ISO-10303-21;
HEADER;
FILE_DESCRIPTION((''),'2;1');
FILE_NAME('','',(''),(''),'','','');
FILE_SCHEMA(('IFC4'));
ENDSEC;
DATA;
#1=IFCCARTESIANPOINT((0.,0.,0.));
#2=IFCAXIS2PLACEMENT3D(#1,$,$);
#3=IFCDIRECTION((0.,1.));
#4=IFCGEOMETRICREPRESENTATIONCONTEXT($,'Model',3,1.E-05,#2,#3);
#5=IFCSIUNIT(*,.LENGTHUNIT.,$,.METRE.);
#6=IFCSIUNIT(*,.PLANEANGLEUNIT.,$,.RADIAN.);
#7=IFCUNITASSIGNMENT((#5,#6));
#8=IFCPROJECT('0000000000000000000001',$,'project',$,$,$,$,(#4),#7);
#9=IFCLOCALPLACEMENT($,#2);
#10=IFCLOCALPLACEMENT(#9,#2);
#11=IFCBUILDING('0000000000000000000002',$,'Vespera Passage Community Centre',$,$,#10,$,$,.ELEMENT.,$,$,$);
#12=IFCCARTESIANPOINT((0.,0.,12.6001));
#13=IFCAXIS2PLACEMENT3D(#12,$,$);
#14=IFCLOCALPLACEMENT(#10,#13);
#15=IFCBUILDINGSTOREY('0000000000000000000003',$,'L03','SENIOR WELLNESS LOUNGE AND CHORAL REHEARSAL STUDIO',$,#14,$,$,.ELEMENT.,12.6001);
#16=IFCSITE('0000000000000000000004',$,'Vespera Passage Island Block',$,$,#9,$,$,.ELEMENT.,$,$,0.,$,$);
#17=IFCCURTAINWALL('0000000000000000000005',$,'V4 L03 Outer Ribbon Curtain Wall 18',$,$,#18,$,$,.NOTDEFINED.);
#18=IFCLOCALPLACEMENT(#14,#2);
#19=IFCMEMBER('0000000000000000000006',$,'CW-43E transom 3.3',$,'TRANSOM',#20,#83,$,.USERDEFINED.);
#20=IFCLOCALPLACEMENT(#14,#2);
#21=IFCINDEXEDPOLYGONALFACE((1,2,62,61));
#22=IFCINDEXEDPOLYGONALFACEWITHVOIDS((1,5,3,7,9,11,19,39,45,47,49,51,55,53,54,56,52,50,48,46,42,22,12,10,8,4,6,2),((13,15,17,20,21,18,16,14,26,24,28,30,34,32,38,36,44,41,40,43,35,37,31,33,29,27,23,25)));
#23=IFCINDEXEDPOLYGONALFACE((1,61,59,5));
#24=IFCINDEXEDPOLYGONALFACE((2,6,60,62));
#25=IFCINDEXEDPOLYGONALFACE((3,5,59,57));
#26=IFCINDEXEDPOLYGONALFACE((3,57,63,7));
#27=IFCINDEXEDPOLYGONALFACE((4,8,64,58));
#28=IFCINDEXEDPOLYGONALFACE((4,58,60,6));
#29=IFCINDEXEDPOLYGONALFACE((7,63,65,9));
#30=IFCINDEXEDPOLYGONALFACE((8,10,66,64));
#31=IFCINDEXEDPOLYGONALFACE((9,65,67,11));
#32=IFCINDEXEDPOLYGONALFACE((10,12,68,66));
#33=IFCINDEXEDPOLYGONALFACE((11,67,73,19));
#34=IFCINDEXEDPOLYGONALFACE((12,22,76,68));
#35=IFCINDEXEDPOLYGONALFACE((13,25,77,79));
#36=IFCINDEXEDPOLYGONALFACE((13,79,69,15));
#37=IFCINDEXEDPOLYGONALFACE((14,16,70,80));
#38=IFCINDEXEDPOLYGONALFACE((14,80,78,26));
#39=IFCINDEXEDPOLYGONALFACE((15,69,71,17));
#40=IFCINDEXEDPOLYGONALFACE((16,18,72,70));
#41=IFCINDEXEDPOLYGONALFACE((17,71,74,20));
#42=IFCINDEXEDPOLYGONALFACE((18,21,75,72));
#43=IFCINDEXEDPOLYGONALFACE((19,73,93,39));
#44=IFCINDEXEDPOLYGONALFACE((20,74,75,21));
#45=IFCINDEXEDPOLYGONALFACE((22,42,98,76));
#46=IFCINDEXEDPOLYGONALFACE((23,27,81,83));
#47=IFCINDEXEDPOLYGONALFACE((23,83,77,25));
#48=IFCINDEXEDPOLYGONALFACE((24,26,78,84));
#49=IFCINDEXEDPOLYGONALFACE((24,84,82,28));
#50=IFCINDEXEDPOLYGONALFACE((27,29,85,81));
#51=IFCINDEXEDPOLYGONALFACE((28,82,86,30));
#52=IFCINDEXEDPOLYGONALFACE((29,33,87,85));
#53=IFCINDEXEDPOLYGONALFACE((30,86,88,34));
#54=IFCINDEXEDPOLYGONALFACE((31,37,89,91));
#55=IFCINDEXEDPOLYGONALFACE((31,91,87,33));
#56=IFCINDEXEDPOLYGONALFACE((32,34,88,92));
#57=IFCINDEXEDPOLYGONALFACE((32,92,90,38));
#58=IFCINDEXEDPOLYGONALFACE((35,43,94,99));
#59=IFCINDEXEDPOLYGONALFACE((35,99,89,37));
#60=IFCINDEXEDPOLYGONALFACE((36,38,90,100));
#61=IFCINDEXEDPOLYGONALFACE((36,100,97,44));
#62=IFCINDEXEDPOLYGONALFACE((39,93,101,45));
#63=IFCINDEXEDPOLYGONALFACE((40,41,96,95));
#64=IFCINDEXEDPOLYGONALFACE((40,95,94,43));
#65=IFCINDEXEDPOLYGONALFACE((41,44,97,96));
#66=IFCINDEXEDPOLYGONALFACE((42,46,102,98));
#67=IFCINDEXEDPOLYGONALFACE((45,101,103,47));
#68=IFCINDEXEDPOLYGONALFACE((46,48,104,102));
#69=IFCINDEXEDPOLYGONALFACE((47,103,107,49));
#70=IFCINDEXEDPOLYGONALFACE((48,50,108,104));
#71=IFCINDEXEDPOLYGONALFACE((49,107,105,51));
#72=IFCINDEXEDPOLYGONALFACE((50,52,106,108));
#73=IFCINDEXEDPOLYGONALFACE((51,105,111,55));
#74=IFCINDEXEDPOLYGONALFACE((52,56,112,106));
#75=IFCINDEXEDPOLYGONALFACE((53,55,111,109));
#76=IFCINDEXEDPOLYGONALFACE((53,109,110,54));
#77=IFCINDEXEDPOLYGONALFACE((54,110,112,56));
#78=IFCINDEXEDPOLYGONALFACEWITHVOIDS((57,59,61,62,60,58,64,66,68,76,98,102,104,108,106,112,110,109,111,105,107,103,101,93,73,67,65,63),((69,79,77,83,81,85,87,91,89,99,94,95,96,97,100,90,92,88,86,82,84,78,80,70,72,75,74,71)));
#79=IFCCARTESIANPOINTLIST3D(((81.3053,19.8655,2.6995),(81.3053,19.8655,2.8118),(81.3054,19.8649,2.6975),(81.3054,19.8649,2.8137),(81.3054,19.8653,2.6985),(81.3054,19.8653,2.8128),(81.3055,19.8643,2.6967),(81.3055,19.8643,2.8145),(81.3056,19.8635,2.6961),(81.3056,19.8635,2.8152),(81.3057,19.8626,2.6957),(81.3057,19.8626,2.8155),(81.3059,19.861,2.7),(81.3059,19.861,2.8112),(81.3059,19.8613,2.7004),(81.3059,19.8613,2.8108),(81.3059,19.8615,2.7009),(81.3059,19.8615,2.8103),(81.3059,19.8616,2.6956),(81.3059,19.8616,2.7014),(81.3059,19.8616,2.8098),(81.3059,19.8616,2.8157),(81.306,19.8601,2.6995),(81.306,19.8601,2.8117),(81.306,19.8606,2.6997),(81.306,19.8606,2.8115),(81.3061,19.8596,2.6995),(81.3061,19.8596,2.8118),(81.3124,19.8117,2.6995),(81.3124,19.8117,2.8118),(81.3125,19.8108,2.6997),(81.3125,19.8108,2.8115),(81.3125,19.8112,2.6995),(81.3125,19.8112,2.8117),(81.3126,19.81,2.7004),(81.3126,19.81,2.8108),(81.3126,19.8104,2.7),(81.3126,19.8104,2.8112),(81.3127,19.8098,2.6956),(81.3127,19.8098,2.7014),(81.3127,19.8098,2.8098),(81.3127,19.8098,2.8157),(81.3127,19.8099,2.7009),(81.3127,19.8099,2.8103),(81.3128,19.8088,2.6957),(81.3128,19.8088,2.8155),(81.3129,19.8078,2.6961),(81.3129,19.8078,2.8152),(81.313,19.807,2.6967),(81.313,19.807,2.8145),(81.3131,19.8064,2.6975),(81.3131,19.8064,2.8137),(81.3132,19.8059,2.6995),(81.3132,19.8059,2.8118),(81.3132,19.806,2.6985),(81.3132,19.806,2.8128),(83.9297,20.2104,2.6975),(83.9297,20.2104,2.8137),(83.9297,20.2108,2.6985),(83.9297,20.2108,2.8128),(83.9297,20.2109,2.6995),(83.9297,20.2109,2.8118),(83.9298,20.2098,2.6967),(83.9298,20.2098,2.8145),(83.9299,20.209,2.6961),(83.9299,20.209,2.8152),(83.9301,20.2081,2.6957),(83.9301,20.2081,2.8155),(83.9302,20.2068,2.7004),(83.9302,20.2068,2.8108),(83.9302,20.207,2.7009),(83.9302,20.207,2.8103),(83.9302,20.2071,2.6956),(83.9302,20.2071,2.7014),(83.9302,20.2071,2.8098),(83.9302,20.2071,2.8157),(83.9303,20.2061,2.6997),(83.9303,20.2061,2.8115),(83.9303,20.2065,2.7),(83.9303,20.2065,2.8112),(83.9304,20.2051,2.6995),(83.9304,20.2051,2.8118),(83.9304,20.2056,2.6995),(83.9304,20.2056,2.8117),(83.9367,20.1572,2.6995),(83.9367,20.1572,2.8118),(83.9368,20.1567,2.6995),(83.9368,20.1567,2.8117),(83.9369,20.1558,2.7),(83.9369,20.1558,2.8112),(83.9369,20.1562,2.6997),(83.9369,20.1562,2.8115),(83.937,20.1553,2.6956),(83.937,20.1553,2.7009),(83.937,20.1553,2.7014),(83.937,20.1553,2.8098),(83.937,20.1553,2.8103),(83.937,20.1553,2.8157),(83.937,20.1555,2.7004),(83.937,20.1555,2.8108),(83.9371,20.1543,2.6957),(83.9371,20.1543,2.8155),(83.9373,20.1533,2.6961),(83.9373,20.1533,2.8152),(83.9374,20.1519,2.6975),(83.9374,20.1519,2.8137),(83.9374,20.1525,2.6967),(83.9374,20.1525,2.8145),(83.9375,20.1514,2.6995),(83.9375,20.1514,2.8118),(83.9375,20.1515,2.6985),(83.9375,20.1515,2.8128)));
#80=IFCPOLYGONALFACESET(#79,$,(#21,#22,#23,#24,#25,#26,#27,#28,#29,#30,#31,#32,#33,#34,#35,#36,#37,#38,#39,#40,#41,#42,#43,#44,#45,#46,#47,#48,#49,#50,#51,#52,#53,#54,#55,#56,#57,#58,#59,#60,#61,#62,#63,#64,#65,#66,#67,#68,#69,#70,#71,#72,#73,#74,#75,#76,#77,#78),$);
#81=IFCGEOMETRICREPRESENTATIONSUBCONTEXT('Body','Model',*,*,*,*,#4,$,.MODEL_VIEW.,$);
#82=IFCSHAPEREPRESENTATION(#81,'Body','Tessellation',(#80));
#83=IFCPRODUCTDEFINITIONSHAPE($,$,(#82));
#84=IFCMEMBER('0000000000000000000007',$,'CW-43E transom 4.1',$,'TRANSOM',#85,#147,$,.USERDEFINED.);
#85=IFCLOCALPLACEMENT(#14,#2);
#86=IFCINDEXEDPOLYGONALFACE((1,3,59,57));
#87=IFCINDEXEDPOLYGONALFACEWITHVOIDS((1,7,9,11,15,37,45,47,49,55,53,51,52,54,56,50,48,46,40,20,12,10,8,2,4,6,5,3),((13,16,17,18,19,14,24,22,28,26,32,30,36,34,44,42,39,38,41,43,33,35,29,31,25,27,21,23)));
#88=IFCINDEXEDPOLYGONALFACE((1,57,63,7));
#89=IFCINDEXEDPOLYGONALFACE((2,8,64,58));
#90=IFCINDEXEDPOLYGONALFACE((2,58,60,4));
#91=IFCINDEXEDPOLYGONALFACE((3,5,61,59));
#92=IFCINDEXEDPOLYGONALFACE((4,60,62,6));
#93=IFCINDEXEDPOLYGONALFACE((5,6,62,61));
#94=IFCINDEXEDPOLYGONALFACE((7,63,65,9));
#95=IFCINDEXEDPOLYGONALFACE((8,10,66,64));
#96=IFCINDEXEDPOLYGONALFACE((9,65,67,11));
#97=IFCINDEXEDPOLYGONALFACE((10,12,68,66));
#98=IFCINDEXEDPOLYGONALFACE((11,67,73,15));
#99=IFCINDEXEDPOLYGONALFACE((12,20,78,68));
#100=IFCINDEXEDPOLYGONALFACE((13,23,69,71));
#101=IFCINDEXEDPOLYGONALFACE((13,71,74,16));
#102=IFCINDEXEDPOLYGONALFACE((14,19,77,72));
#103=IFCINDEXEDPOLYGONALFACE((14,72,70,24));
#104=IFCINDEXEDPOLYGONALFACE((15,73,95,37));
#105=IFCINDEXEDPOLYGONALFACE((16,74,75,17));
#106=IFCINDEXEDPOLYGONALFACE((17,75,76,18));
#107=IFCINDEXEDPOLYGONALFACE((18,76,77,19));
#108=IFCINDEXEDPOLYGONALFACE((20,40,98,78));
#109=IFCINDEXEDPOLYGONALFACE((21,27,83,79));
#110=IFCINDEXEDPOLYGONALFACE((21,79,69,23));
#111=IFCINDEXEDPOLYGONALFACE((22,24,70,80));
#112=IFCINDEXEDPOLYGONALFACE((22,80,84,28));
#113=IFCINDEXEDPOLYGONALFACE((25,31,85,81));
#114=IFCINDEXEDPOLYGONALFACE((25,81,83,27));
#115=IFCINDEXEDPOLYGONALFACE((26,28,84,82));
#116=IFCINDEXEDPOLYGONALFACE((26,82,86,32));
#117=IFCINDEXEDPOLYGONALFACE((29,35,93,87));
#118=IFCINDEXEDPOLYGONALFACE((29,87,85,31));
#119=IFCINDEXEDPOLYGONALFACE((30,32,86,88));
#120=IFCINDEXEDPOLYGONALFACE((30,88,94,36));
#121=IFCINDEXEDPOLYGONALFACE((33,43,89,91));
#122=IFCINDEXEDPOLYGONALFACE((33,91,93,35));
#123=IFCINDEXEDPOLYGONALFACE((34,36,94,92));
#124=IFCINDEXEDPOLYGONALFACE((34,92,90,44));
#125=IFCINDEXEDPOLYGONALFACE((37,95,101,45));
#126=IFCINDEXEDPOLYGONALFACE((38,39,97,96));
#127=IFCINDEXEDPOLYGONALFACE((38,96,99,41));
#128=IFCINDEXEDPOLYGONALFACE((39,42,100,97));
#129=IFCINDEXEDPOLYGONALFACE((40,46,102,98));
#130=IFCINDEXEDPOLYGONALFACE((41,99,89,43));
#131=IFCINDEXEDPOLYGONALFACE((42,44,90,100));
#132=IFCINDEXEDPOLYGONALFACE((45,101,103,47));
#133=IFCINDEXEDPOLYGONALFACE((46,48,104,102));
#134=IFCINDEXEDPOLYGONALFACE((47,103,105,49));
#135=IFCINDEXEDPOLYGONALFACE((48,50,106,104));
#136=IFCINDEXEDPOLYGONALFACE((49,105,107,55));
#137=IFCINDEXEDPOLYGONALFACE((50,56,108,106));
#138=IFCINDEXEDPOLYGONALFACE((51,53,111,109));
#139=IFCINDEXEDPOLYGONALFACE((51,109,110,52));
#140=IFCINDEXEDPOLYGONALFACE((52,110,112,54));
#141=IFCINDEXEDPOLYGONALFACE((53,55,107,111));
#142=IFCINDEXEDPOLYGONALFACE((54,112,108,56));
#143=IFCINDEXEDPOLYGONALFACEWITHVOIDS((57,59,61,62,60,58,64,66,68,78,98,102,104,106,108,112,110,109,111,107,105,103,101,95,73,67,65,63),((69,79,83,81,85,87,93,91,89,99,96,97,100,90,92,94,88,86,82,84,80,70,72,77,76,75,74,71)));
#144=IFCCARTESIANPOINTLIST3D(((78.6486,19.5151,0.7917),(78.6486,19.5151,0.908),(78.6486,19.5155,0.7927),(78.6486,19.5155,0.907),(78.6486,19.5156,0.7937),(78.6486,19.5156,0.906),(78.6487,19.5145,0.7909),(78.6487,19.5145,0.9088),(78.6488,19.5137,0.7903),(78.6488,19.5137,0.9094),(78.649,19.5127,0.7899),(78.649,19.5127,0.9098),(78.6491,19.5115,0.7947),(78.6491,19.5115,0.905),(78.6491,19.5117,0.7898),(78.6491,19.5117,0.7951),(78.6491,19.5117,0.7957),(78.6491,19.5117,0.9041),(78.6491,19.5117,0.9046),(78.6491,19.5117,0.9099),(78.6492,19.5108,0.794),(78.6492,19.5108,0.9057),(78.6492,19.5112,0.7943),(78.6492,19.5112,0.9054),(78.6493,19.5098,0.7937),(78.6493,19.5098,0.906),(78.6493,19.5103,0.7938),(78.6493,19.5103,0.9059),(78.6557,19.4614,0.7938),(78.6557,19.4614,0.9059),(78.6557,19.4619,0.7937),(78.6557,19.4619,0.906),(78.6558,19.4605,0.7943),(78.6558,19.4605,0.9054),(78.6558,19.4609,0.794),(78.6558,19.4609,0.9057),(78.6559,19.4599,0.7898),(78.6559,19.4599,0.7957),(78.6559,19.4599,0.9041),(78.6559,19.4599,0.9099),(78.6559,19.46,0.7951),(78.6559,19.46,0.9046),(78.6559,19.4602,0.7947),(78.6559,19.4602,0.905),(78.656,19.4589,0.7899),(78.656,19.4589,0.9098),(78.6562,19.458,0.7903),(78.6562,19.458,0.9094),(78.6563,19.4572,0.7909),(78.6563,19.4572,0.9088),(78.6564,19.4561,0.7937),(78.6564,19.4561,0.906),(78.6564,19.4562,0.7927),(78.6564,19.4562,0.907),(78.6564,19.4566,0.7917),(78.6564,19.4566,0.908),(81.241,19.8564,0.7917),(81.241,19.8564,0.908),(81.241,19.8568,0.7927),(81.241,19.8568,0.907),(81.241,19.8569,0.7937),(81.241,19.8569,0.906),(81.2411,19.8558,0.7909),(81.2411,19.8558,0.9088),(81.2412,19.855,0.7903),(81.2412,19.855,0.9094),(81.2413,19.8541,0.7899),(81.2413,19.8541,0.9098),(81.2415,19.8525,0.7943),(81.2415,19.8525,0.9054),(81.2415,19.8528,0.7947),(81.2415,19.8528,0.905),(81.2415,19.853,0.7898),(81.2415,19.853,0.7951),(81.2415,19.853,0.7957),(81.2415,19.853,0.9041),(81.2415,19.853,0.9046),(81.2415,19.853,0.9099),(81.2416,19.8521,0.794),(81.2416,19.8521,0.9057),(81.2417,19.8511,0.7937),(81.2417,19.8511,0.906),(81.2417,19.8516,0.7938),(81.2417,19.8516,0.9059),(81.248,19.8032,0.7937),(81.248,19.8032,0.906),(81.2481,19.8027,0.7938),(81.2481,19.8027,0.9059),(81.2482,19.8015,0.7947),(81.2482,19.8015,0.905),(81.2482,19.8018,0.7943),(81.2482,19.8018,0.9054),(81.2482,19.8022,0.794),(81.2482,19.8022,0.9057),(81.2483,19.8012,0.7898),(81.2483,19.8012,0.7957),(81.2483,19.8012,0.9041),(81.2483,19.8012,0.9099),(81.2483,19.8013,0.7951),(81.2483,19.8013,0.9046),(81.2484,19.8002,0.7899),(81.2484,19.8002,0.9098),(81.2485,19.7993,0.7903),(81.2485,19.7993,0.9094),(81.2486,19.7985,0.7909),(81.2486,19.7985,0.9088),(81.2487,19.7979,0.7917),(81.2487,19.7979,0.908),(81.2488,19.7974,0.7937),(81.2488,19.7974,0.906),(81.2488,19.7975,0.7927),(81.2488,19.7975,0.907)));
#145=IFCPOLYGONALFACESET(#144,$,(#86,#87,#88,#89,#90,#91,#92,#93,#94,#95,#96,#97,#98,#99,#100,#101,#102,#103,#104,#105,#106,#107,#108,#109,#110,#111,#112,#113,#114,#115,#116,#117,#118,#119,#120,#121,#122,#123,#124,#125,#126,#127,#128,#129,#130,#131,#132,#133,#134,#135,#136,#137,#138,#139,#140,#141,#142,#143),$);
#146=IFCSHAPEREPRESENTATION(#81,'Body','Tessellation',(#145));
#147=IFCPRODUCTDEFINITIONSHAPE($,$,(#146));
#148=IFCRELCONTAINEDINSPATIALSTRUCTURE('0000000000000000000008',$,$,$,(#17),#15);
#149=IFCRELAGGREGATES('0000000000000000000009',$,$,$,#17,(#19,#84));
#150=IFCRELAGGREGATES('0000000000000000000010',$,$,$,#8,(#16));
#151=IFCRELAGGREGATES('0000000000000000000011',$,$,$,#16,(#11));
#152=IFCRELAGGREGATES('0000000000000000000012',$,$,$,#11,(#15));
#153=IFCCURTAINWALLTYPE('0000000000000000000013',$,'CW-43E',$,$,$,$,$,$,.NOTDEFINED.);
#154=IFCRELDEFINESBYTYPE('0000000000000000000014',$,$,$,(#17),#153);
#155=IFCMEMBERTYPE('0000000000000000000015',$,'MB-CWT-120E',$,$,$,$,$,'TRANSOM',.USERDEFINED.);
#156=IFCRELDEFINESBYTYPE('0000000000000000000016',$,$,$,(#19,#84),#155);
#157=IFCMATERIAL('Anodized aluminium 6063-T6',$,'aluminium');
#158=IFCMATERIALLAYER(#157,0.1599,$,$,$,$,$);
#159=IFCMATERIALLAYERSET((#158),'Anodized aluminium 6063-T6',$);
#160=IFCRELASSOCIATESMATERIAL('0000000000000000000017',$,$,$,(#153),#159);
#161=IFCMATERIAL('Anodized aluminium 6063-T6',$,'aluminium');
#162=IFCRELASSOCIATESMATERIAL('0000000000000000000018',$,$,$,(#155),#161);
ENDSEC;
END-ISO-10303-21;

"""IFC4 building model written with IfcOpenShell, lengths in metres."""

from ifc_helpers import new_model, si_unit, direction, frame, origin, origin_2d, place, context, subcontext, project, spatial, hollow_rectangle, extrude, material, layer, layer_set, material_profile, profile_set, type_object, element, aggregate, save


model = new_model("IFC4")

# Units and contexts
model_context = context("Model", 3, precision=1e-05, world=origin(), true_north=direction((0.0, 1.0)))
body_context = subcontext(model_context, "Body", "Model", "MODEL_VIEW")
ifc_project = project(units=[si_unit("LENGTHUNIT", "METRE"), si_unit("PLANEANGLEUNIT", "RADIAN")], contexts=[model_context])

# Site, building, storey
site_placement = place(None, origin())
site = spatial("IfcSite", under=ifc_project, at=site_placement, Name="Vespera Passage Island Block", CompositionType="ELEMENT", RefElevation=0.0)
building_placement = place(site_placement, origin())
building = spatial("IfcBuilding", under=site, at=building_placement, Name="Vespera Passage Community Centre", CompositionType="ELEMENT")
storey_placement = place(building_placement, frame((0.0, 0.0, 12.6001)))
storey = spatial("IfcBuildingStorey", under=building, at=storey_placement, Name="L03", Description="SENIOR WELLNESS LOUNGE AND CHORAL REHEARSAL STUDIO", CompositionType="ELEMENT", Elevation=12.6001)

# Curtain wall, members
ifc_material_1 = material(Name="Anodized aluminium 6063-T6", Category="aluminium")
ifc_layer_1 = layer(ifc_material_1, 0.1599)
ifc_layer_set_1 = layer_set([ifc_layer_1], Name="Anodized aluminium 6063-T6")
curtain_wall_type = type_object("IfcCurtainWallType", Name="CW-43E", PredefinedType="NOTDEFINED", material=ifc_layer_set_1)
curtain_wall_placement = place(storey_placement, origin())
curtain_wall = element("IfcCurtainWall", 1, at=curtain_wall_placement, inside=storey, type_object=curtain_wall_type, Name="V4 L03 Outer Ribbon Curtain Wall 18", PredefinedType="NOTDEFINED")
ifc_material_2 = material(Name="Anodized aluminium 6063-T6", Category="aluminium")
ifc_material_profile_1 = material_profile(ifc_material_2, hollow_rectangle(XDim=0.0601, YDim=0.1201, WallThickness=0.0039, InnerFilletRadius=0.002, OuterFilletRadius=0.0039, at=origin_2d()), Name="ALU120X60X4")
ifc_profile_set_1 = profile_set([ifc_material_profile_1], Name="Anodized aluminium 6063-T6")
member_type_1 = type_object("IfcMemberType", Name="MB-CWT-120E", ElementType="TRANSOM", PredefinedType="USERDEFINED", material=ifc_profile_set_1)
member_1_placement = place(storey_placement, frame((83.9336, 20.1812, 2.7556), z_axis=(-0.991446, -0.130514, 0.0), x_axis=(0.130514, -0.991446, 0.0)))
member_1 = element("IfcMember", 2, at=member_1_placement, type_object=member_type_1, Name="CW-43E transom 3.3", ObjectType="TRANSOM", PredefinedType="USERDEFINED", context=body_context, shape_type="SweptSolid", body=[
    extrude(hollow_rectangle(XDim=0.0601, YDim=0.1201, WallThickness=0.0039, InnerFilletRadius=0.002, OuterFilletRadius=0.0039, at=origin_2d()), origin(), (0.0, 0.0, 1.0), 2.647),
])
member_2_placement = place(storey_placement, frame((81.2449, 19.8271, 0.8499), z_axis=(-0.991443, -0.130537, 0.0), x_axis=(0.130537, -0.991443, 0.0)))
member_2 = element("IfcMember", 3, at=member_2_placement, type_object=member_type_1, Name="CW-43E transom 4.1", ObjectType="TRANSOM", PredefinedType="USERDEFINED", context=body_context, shape_type="SweptSolid", body=[
    extrude(hollow_rectangle(XDim=0.0601, YDim=0.1201, WallThickness=0.0039, InnerFilletRadius=0.002, OuterFilletRadius=0.0039, at=origin_2d()), origin(), (0.0, 0.0, 1.0), 2.6147),
])
aggregate(curtain_wall, [member_1, member_2])

save(model, "model.ifc")
